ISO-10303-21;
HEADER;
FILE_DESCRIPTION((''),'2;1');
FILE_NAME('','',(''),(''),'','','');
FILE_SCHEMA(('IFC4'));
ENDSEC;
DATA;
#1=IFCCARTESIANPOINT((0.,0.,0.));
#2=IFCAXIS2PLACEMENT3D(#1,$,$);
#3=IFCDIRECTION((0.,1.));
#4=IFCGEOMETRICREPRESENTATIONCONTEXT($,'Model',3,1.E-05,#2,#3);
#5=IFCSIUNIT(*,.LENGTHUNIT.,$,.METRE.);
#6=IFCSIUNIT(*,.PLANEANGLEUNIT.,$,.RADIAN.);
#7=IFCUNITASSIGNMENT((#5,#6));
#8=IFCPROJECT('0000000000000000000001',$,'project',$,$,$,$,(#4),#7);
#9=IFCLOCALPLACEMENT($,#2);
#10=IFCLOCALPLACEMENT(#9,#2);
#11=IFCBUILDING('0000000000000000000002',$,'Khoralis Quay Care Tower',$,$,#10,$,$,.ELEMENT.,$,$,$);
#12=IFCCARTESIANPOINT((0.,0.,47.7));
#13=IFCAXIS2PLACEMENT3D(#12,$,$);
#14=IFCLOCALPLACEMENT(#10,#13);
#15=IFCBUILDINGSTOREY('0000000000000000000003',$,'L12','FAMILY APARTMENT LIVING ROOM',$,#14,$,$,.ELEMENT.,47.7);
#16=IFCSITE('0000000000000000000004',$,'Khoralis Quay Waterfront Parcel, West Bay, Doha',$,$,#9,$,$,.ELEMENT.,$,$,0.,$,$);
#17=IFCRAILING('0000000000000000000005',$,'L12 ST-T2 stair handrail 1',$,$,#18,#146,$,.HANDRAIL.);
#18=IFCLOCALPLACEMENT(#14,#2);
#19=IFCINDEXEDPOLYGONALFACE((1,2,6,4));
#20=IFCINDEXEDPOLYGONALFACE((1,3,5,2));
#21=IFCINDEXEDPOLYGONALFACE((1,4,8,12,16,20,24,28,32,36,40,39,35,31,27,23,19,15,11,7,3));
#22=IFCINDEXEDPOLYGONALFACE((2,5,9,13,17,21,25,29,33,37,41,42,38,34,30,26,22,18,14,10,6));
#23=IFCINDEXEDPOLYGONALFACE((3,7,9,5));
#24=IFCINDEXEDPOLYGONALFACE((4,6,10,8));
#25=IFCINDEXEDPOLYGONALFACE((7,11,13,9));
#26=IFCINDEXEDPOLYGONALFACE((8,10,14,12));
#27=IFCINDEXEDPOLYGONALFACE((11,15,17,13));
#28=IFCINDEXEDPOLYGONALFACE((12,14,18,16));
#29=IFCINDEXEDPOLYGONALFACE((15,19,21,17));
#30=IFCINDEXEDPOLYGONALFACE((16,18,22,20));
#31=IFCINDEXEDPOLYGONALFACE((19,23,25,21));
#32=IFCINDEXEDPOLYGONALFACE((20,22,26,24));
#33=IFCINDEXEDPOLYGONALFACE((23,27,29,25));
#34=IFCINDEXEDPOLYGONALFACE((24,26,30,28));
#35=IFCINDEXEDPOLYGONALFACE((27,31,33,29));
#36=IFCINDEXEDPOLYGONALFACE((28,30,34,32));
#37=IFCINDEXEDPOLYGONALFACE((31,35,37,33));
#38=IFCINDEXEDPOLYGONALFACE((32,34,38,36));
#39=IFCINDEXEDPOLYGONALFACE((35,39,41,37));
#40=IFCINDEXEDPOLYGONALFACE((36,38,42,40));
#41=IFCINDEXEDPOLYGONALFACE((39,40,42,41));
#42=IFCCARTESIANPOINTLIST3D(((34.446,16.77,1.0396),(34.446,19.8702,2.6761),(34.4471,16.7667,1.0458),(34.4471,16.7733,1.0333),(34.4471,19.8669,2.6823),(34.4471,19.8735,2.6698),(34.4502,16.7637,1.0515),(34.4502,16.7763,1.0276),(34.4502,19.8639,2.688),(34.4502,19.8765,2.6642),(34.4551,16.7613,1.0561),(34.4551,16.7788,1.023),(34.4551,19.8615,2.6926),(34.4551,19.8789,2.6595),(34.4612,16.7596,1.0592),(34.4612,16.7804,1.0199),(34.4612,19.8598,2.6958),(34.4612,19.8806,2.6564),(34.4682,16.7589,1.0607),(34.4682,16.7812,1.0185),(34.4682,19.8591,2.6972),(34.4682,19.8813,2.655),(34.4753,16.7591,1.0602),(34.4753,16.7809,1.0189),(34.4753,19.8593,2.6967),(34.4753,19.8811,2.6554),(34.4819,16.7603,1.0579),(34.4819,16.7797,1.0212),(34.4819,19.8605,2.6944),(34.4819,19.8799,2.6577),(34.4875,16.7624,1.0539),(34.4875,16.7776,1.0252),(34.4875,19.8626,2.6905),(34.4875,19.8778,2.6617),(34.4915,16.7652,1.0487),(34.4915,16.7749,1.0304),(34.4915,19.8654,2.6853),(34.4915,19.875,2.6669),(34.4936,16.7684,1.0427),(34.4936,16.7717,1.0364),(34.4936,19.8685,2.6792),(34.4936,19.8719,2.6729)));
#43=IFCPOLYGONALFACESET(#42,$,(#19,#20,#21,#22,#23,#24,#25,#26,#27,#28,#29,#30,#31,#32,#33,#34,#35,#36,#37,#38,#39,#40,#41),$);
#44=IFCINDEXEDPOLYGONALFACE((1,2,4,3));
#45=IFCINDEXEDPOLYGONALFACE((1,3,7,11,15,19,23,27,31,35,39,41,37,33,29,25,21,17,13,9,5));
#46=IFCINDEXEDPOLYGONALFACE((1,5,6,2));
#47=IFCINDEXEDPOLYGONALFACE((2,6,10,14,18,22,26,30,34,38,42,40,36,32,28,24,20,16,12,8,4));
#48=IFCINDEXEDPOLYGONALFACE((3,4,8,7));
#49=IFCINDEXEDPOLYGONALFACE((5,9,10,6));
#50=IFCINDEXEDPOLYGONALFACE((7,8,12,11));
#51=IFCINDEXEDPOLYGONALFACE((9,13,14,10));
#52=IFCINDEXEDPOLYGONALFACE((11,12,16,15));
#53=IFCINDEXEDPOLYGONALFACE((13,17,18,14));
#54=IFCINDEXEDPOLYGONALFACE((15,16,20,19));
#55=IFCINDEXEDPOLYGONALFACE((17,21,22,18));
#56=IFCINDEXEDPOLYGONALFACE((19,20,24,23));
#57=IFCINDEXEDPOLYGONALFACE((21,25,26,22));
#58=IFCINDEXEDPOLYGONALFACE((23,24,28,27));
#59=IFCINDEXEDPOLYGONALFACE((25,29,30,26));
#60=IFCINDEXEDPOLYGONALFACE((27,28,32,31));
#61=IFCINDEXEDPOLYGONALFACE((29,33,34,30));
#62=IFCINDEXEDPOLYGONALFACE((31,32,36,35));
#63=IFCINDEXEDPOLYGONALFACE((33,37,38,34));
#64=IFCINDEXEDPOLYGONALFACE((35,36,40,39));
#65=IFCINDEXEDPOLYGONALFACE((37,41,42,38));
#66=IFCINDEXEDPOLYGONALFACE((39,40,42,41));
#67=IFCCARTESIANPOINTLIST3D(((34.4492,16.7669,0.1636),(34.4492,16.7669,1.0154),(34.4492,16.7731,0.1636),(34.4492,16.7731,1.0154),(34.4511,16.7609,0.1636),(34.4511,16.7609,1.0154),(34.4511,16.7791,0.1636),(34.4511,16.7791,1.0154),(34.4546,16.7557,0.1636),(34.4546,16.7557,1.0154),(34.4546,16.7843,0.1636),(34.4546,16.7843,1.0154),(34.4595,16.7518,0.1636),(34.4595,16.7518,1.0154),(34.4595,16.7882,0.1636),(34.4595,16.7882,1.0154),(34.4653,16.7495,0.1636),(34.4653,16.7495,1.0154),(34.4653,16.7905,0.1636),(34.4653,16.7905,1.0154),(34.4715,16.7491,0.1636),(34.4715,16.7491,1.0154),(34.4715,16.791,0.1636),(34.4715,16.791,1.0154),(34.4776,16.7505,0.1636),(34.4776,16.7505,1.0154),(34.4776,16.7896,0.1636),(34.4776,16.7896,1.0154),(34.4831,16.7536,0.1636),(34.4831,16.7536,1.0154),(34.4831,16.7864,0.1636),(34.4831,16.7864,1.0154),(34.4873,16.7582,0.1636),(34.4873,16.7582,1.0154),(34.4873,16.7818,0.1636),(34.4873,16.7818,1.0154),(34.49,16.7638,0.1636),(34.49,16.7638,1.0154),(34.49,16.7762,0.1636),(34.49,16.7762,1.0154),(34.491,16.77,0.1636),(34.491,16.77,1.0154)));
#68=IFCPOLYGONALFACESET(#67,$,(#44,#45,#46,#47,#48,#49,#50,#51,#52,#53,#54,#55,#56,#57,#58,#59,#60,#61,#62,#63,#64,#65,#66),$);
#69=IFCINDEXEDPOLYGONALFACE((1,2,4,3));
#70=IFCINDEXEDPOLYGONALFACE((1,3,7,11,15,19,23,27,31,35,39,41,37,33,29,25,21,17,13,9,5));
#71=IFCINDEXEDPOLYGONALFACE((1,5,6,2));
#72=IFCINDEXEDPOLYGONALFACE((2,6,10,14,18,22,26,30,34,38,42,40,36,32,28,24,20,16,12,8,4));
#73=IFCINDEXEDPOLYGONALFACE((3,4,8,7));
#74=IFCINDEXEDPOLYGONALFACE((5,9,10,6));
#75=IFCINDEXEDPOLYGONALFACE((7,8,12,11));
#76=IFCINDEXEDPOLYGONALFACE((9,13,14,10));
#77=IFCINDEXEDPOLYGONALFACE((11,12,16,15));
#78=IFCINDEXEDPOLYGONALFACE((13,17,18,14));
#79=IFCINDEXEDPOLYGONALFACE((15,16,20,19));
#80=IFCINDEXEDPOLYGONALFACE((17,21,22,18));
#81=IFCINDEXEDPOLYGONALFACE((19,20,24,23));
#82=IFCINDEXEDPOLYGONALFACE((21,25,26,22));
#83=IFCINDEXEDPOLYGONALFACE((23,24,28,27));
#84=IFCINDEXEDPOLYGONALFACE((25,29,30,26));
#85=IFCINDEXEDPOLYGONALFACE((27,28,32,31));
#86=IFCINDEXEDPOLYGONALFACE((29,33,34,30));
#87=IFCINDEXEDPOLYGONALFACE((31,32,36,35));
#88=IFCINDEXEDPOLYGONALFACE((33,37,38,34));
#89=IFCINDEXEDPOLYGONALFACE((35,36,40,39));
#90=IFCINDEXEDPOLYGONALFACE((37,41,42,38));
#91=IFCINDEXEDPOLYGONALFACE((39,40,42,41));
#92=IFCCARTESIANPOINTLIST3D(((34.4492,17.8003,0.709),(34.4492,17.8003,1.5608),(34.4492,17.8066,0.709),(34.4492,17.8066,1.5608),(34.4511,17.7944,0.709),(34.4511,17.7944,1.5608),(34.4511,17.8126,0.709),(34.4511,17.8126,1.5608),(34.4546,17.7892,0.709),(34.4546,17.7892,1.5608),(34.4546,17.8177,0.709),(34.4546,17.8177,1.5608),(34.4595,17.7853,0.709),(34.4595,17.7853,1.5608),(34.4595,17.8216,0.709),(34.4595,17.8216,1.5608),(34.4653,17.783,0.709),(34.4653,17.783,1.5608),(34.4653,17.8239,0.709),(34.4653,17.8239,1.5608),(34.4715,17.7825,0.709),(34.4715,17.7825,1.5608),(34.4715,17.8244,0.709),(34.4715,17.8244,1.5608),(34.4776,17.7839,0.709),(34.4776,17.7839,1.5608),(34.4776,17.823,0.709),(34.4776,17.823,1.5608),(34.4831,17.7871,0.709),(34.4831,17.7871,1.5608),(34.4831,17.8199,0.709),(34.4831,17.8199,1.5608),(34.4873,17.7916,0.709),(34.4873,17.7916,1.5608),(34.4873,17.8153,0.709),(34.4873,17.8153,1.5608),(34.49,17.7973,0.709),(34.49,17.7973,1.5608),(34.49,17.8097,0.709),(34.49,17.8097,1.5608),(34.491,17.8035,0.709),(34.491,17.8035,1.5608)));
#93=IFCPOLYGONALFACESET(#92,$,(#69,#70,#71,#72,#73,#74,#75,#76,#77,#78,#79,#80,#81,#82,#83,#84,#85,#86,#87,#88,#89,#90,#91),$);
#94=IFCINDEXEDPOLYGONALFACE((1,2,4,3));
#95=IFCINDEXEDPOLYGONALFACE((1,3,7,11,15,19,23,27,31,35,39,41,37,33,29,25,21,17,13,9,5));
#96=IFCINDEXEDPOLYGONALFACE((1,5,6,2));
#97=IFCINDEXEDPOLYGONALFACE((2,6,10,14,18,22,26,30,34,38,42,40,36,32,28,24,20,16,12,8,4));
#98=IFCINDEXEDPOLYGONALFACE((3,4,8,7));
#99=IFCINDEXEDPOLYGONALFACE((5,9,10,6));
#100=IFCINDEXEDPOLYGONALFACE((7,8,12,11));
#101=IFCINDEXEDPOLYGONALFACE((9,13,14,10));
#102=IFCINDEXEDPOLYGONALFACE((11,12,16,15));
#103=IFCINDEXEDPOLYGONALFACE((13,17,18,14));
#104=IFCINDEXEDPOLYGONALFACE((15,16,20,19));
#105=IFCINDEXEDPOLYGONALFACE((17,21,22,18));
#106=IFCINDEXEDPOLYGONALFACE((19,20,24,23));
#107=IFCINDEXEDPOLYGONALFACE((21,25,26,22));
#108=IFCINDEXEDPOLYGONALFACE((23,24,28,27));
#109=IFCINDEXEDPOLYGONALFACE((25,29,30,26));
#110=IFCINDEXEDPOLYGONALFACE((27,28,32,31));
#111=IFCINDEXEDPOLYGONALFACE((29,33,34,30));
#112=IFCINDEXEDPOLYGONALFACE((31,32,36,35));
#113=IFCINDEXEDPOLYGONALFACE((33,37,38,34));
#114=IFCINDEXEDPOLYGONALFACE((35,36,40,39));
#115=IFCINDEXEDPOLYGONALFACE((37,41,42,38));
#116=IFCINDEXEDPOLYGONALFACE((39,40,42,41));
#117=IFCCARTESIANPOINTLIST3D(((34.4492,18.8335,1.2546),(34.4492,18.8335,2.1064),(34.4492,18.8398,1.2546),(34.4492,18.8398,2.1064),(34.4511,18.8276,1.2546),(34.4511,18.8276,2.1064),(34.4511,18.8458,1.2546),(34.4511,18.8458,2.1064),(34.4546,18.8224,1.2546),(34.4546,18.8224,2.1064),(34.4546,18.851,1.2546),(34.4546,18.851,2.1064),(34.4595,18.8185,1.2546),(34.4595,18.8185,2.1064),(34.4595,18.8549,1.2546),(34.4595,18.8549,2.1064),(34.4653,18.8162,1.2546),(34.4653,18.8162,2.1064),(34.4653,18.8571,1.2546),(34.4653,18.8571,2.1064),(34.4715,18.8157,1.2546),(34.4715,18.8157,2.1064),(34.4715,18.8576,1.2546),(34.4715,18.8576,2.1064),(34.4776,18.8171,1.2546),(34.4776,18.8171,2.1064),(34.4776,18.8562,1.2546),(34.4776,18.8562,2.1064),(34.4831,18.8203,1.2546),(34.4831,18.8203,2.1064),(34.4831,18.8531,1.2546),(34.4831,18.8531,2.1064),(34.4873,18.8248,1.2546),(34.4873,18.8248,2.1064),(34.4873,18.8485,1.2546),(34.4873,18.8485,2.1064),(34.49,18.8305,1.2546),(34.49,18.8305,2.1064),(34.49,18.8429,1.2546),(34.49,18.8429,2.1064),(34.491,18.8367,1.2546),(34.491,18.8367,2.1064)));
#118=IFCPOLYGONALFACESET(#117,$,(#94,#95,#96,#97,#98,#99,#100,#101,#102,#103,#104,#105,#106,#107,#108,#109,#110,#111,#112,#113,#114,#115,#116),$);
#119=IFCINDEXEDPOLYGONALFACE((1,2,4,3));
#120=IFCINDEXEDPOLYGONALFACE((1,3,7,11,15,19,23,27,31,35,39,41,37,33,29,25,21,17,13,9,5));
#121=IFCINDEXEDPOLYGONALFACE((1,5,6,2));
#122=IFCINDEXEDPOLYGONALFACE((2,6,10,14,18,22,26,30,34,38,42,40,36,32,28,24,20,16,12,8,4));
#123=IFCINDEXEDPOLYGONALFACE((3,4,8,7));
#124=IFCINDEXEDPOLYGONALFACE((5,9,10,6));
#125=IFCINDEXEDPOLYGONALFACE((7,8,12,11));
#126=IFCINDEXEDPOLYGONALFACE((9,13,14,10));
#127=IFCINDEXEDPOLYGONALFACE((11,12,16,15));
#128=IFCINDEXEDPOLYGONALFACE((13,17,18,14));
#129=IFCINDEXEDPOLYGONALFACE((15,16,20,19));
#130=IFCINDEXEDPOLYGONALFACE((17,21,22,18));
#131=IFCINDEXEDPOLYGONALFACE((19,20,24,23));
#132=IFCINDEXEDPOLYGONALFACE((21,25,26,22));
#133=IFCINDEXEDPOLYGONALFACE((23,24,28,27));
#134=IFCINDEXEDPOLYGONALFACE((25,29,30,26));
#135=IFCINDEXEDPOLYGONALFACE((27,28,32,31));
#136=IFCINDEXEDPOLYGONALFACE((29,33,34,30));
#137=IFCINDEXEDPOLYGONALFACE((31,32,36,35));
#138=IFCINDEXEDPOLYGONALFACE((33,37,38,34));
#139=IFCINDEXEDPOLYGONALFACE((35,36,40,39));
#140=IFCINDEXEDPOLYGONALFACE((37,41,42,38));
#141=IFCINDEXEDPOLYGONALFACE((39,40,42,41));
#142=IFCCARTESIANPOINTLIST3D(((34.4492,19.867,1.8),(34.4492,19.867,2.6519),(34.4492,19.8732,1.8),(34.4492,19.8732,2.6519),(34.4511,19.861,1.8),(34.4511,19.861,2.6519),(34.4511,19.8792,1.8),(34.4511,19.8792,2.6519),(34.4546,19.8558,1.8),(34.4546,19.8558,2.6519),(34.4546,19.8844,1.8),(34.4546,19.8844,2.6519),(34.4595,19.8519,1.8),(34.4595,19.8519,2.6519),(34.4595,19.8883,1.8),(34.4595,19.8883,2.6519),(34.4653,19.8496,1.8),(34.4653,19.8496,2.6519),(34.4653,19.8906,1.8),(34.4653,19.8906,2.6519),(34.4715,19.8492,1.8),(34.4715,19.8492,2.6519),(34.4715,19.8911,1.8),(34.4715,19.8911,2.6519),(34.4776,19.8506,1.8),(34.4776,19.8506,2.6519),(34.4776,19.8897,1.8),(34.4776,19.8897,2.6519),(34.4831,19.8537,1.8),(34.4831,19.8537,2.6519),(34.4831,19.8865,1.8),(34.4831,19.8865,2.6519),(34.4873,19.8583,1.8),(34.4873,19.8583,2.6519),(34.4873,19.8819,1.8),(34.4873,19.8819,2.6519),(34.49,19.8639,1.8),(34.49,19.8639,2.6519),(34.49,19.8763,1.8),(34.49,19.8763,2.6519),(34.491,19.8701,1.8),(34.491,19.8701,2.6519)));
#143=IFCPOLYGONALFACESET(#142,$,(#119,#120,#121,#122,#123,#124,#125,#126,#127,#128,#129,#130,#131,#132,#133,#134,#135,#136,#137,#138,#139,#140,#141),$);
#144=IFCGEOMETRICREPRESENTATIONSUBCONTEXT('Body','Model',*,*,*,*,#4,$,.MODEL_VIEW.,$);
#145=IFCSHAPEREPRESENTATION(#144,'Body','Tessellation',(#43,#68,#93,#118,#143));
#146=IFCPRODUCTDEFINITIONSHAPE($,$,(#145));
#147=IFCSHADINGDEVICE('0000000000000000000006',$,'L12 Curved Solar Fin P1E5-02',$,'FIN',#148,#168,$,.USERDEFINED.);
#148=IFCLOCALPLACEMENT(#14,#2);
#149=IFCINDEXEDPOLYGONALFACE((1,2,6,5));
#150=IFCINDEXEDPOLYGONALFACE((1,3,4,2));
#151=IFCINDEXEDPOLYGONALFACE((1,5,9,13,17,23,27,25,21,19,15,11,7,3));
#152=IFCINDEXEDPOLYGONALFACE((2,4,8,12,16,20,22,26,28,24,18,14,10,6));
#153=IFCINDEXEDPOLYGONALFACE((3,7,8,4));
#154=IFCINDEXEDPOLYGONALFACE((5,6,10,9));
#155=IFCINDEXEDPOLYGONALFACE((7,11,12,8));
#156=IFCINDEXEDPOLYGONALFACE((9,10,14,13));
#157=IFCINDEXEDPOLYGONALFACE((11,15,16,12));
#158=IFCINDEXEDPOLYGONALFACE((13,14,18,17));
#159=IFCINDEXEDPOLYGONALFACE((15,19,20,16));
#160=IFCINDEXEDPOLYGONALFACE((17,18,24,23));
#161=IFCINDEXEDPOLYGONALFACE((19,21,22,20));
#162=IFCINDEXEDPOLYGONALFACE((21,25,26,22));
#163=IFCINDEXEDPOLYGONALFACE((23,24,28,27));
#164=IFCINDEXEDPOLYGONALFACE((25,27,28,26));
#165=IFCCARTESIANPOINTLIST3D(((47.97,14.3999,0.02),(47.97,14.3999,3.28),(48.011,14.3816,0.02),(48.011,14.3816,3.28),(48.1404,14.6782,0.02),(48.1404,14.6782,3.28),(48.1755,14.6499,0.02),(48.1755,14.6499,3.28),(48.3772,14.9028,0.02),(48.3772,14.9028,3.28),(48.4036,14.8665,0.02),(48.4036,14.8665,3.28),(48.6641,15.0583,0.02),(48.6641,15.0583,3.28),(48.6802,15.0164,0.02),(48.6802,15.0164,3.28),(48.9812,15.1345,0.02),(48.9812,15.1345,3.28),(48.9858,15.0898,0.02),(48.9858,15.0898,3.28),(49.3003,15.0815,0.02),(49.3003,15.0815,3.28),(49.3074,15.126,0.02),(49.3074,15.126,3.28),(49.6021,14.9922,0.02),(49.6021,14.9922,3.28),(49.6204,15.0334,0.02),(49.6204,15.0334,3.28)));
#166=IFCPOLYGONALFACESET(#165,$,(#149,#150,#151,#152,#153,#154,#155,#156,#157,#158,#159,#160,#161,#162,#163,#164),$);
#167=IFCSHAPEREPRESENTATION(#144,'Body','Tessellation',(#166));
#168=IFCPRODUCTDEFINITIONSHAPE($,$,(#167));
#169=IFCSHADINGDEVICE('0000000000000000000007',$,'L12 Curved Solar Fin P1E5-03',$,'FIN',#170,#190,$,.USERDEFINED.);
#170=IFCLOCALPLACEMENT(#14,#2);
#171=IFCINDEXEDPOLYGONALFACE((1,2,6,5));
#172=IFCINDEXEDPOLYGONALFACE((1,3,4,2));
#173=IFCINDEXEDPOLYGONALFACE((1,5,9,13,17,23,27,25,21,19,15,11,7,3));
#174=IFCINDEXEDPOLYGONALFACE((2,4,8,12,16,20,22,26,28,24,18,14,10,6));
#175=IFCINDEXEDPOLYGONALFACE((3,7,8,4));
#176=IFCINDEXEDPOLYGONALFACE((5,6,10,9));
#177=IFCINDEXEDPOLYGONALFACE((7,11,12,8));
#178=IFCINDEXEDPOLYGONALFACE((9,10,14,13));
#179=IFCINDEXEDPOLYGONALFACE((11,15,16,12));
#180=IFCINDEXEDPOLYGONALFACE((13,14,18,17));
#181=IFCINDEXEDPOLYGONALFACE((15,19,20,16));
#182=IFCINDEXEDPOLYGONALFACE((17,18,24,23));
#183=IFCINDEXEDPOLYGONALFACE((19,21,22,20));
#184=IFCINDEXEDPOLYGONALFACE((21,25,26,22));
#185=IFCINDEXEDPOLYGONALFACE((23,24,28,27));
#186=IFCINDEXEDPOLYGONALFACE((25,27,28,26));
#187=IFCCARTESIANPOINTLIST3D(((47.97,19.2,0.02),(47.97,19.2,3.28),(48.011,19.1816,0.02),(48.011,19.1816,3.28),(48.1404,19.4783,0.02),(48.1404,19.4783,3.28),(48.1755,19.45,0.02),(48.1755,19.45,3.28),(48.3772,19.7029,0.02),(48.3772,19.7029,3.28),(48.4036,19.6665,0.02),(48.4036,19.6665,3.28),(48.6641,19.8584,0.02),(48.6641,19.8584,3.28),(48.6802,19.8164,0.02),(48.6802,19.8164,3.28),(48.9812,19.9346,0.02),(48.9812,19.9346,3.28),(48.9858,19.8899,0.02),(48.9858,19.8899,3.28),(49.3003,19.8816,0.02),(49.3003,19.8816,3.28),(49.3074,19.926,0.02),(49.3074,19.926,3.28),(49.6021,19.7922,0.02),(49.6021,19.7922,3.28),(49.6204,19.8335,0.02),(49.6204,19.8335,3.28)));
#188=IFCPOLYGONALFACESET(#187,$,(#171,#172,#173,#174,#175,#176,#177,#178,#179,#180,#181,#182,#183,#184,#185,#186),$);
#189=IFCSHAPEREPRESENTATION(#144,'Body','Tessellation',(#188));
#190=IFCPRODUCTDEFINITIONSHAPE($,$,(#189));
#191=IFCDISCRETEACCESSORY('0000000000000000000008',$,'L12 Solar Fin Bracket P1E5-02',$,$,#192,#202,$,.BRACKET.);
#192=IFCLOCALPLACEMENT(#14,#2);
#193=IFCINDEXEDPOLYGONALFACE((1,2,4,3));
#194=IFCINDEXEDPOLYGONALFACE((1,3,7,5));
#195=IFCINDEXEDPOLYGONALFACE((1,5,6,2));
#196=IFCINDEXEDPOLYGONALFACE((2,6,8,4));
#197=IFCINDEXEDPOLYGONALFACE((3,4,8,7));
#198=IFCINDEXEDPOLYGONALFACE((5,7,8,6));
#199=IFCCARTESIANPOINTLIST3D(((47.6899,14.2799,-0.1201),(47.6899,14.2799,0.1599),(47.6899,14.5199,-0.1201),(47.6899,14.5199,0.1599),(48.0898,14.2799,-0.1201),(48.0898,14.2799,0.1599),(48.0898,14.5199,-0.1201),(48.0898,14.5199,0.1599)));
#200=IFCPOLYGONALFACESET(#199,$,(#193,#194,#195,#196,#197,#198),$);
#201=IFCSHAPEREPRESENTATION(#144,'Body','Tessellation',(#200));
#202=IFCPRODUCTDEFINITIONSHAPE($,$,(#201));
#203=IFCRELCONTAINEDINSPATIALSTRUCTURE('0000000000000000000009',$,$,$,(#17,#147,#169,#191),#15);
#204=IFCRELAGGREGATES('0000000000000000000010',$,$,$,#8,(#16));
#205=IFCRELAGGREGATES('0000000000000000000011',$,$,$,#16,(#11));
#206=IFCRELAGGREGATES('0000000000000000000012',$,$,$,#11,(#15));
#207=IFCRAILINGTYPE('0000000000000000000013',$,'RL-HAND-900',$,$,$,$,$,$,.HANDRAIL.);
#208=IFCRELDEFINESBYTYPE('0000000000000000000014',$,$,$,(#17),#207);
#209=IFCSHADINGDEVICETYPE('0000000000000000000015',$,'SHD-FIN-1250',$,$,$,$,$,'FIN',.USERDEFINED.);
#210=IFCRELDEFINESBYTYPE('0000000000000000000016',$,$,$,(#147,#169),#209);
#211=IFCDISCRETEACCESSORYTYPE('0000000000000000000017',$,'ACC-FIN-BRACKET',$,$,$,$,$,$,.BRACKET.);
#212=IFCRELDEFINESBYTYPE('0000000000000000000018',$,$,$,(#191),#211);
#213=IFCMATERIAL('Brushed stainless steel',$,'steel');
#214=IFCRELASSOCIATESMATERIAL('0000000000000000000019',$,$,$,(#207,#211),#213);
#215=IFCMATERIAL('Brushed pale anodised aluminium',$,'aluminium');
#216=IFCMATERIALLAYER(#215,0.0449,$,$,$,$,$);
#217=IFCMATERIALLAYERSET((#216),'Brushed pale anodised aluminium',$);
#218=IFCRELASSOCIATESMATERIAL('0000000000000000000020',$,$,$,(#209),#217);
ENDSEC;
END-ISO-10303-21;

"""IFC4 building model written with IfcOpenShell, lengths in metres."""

from ifc_helpers import new_model, si_unit, direction, frame, origin, origin_2d, place, context, subcontext, project, spatial, polyline, rectangle, circle, outline, extrude, source, transform, mapped, material, layer, layer_set, type_object, element, save


model = new_model("IFC4")

# Units and contexts
model_context = context("Model", 3, precision=1e-05, world=origin(), true_north=direction((0.0, 1.0)))
body_context = subcontext(model_context, "Body", "Model", "MODEL_VIEW")
ifc_project = project(units=[si_unit("LENGTHUNIT", "METRE"), si_unit("PLANEANGLEUNIT", "RADIAN")], contexts=[model_context])

# Site, building, storey
site_placement = place(None, origin())
site = spatial("IfcSite", under=ifc_project, at=site_placement, Name="Khoralis Quay Waterfront Parcel, West Bay, Doha", CompositionType="ELEMENT", RefElevation=0.0)
building_placement = place(site_placement, origin())
building = spatial("IfcBuilding", under=site, at=building_placement, Name="Khoralis Quay Care Tower", CompositionType="ELEMENT")
storey_placement = place(building_placement, frame((0.0, 0.0, 47.7)))
storey = spatial("IfcBuildingStorey", under=building, at=storey_placement, Name="L12", Description="FAMILY APARTMENT LIVING ROOM", CompositionType="ELEMENT", Elevation=47.7)

# Railing
ifc_material_1 = material(Name="Brushed stainless steel", Category="steel")
railing_type = type_object("IfcRailingType", Name="RL-HAND-900", PredefinedType="HANDRAIL", material=ifc_material_1)
railing_placement = place(storey_placement, frame((34.47, 16.77, 0.1636)))
element("IfcRailing", 1, at=railing_placement, inside=storey, type_object=railing_type, Name="L12 ST-T2 stair handrail 1", PredefinedType="HANDRAIL", context=body_context, shape_type="SweptSolid", body=[
    extrude(circle(Radius=0.0239, at=origin_2d()), frame((0.0, 0.0, 0.876), z_axis=(0.0, 0.884348, 0.466828), x_axis=(-1.0, 0.0, 0.0)), (0.0, 0.0, 1.0), 3.5056),
    extrude(circle(Radius=0.021, at=origin_2d()), origin(), (0.0, 0.0, 1.0), 0.8518),
    extrude(circle(Radius=0.021, at=origin_2d()), frame((0.0, 1.0334, 0.5454)), (0.0, 0.0, 1.0), 0.8518),
    extrude(circle(Radius=0.021, at=origin_2d()), frame((0.0, 2.0667, 1.0911)), (0.0, 0.0, 1.0), 0.8518),
    extrude(circle(Radius=0.021, at=origin_2d()), frame((0.0, 3.1001, 1.6365)), (0.0, 0.0, 1.0), 0.8518),
])

# Shading devices
ifc_material_2 = material(Name="Brushed pale anodised aluminium", Category="aluminium")
ifc_layer_1 = layer(ifc_material_2, 0.0449)
ifc_layer_set_1 = layer_set([ifc_layer_1], Name="Brushed pale anodised aluminium")
shading_device_type = type_object("IfcShadingDeviceType", Name="SHD-FIN-1250", ElementType="FIN", PredefinedType="USERDEFINED", material=ifc_layer_set_1)
shared_shape_1 = source(origin(), body_context, "Body", "SweptSolid", [
    extrude(outline(polyline([(0.0, 0.0), (0.1704, 0.2783), (0.4072, 0.5029), (0.6941, 0.6584), (1.0112, 0.7346), (1.3374, 0.7261), (1.6504, 0.6335), (1.6321, 0.5923), (1.3303, 0.6816), (1.0159, 0.6899), (0.7102, 0.6165), (0.4336, 0.4666), (0.2056, 0.25), (0.041, -0.0183), (0.0, 0.0)])), origin(), (0.0, 0.0, 1.0), 3.26),
])
for number, where, z_axis, x_axis, name in (
    (2, (47.97, 14.3999, 0.02), (0.0, 0.0, 1.0), (1.0, 0.0, 0.0), "L12 Curved Solar Fin P1E5-02"),
    (3, (47.97, 19.2, 0.02), (0.0, 0.0, 1.0), (1.0, 0.0, 0.0), "L12 Curved Solar Fin P1E5-03"),
):
    element("IfcShadingDevice", number, at=place(storey_placement, frame(where, z_axis=z_axis, x_axis=x_axis)), inside=storey, type_object=shading_device_type, Name=name, ObjectType="FIN", PredefinedType="USERDEFINED", context=body_context, shape_type="MappedRepresentation", body=[
        mapped(shared_shape_1, transform((0.0, 0.0, 0.0), scale=1.0)),
    ])

# Discrete accessory
discrete_accessory_type = type_object("IfcDiscreteAccessoryType", Name="ACC-FIN-BRACKET", PredefinedType="BRACKET", material=ifc_material_1)
shared_shape_2 = source(origin(), body_context, "Body", "SweptSolid", [
    extrude(rectangle(XDim=0.3999, YDim=0.24, at=origin_2d()), origin(), (0.0, 0.0, 1.0), 0.28),
])
for number, where, z_axis, x_axis, name in (
    (4, (47.8899, 14.3999, -0.1201), (0.0, 0.0, 1.0), (1.0, 0.0, 0.0), "L12 Solar Fin Bracket P1E5-02"),
):
    element("IfcDiscreteAccessory", number, at=place(storey_placement, frame(where, z_axis=z_axis, x_axis=x_axis)), inside=storey, type_object=discrete_accessory_type, Name=name, PredefinedType="BRACKET", context=body_context, shape_type="MappedRepresentation", body=[
        mapped(shared_shape_2, transform((0.0, 0.0, 0.0), scale=1.0)),
    ])

save(model, "model.ifc")
